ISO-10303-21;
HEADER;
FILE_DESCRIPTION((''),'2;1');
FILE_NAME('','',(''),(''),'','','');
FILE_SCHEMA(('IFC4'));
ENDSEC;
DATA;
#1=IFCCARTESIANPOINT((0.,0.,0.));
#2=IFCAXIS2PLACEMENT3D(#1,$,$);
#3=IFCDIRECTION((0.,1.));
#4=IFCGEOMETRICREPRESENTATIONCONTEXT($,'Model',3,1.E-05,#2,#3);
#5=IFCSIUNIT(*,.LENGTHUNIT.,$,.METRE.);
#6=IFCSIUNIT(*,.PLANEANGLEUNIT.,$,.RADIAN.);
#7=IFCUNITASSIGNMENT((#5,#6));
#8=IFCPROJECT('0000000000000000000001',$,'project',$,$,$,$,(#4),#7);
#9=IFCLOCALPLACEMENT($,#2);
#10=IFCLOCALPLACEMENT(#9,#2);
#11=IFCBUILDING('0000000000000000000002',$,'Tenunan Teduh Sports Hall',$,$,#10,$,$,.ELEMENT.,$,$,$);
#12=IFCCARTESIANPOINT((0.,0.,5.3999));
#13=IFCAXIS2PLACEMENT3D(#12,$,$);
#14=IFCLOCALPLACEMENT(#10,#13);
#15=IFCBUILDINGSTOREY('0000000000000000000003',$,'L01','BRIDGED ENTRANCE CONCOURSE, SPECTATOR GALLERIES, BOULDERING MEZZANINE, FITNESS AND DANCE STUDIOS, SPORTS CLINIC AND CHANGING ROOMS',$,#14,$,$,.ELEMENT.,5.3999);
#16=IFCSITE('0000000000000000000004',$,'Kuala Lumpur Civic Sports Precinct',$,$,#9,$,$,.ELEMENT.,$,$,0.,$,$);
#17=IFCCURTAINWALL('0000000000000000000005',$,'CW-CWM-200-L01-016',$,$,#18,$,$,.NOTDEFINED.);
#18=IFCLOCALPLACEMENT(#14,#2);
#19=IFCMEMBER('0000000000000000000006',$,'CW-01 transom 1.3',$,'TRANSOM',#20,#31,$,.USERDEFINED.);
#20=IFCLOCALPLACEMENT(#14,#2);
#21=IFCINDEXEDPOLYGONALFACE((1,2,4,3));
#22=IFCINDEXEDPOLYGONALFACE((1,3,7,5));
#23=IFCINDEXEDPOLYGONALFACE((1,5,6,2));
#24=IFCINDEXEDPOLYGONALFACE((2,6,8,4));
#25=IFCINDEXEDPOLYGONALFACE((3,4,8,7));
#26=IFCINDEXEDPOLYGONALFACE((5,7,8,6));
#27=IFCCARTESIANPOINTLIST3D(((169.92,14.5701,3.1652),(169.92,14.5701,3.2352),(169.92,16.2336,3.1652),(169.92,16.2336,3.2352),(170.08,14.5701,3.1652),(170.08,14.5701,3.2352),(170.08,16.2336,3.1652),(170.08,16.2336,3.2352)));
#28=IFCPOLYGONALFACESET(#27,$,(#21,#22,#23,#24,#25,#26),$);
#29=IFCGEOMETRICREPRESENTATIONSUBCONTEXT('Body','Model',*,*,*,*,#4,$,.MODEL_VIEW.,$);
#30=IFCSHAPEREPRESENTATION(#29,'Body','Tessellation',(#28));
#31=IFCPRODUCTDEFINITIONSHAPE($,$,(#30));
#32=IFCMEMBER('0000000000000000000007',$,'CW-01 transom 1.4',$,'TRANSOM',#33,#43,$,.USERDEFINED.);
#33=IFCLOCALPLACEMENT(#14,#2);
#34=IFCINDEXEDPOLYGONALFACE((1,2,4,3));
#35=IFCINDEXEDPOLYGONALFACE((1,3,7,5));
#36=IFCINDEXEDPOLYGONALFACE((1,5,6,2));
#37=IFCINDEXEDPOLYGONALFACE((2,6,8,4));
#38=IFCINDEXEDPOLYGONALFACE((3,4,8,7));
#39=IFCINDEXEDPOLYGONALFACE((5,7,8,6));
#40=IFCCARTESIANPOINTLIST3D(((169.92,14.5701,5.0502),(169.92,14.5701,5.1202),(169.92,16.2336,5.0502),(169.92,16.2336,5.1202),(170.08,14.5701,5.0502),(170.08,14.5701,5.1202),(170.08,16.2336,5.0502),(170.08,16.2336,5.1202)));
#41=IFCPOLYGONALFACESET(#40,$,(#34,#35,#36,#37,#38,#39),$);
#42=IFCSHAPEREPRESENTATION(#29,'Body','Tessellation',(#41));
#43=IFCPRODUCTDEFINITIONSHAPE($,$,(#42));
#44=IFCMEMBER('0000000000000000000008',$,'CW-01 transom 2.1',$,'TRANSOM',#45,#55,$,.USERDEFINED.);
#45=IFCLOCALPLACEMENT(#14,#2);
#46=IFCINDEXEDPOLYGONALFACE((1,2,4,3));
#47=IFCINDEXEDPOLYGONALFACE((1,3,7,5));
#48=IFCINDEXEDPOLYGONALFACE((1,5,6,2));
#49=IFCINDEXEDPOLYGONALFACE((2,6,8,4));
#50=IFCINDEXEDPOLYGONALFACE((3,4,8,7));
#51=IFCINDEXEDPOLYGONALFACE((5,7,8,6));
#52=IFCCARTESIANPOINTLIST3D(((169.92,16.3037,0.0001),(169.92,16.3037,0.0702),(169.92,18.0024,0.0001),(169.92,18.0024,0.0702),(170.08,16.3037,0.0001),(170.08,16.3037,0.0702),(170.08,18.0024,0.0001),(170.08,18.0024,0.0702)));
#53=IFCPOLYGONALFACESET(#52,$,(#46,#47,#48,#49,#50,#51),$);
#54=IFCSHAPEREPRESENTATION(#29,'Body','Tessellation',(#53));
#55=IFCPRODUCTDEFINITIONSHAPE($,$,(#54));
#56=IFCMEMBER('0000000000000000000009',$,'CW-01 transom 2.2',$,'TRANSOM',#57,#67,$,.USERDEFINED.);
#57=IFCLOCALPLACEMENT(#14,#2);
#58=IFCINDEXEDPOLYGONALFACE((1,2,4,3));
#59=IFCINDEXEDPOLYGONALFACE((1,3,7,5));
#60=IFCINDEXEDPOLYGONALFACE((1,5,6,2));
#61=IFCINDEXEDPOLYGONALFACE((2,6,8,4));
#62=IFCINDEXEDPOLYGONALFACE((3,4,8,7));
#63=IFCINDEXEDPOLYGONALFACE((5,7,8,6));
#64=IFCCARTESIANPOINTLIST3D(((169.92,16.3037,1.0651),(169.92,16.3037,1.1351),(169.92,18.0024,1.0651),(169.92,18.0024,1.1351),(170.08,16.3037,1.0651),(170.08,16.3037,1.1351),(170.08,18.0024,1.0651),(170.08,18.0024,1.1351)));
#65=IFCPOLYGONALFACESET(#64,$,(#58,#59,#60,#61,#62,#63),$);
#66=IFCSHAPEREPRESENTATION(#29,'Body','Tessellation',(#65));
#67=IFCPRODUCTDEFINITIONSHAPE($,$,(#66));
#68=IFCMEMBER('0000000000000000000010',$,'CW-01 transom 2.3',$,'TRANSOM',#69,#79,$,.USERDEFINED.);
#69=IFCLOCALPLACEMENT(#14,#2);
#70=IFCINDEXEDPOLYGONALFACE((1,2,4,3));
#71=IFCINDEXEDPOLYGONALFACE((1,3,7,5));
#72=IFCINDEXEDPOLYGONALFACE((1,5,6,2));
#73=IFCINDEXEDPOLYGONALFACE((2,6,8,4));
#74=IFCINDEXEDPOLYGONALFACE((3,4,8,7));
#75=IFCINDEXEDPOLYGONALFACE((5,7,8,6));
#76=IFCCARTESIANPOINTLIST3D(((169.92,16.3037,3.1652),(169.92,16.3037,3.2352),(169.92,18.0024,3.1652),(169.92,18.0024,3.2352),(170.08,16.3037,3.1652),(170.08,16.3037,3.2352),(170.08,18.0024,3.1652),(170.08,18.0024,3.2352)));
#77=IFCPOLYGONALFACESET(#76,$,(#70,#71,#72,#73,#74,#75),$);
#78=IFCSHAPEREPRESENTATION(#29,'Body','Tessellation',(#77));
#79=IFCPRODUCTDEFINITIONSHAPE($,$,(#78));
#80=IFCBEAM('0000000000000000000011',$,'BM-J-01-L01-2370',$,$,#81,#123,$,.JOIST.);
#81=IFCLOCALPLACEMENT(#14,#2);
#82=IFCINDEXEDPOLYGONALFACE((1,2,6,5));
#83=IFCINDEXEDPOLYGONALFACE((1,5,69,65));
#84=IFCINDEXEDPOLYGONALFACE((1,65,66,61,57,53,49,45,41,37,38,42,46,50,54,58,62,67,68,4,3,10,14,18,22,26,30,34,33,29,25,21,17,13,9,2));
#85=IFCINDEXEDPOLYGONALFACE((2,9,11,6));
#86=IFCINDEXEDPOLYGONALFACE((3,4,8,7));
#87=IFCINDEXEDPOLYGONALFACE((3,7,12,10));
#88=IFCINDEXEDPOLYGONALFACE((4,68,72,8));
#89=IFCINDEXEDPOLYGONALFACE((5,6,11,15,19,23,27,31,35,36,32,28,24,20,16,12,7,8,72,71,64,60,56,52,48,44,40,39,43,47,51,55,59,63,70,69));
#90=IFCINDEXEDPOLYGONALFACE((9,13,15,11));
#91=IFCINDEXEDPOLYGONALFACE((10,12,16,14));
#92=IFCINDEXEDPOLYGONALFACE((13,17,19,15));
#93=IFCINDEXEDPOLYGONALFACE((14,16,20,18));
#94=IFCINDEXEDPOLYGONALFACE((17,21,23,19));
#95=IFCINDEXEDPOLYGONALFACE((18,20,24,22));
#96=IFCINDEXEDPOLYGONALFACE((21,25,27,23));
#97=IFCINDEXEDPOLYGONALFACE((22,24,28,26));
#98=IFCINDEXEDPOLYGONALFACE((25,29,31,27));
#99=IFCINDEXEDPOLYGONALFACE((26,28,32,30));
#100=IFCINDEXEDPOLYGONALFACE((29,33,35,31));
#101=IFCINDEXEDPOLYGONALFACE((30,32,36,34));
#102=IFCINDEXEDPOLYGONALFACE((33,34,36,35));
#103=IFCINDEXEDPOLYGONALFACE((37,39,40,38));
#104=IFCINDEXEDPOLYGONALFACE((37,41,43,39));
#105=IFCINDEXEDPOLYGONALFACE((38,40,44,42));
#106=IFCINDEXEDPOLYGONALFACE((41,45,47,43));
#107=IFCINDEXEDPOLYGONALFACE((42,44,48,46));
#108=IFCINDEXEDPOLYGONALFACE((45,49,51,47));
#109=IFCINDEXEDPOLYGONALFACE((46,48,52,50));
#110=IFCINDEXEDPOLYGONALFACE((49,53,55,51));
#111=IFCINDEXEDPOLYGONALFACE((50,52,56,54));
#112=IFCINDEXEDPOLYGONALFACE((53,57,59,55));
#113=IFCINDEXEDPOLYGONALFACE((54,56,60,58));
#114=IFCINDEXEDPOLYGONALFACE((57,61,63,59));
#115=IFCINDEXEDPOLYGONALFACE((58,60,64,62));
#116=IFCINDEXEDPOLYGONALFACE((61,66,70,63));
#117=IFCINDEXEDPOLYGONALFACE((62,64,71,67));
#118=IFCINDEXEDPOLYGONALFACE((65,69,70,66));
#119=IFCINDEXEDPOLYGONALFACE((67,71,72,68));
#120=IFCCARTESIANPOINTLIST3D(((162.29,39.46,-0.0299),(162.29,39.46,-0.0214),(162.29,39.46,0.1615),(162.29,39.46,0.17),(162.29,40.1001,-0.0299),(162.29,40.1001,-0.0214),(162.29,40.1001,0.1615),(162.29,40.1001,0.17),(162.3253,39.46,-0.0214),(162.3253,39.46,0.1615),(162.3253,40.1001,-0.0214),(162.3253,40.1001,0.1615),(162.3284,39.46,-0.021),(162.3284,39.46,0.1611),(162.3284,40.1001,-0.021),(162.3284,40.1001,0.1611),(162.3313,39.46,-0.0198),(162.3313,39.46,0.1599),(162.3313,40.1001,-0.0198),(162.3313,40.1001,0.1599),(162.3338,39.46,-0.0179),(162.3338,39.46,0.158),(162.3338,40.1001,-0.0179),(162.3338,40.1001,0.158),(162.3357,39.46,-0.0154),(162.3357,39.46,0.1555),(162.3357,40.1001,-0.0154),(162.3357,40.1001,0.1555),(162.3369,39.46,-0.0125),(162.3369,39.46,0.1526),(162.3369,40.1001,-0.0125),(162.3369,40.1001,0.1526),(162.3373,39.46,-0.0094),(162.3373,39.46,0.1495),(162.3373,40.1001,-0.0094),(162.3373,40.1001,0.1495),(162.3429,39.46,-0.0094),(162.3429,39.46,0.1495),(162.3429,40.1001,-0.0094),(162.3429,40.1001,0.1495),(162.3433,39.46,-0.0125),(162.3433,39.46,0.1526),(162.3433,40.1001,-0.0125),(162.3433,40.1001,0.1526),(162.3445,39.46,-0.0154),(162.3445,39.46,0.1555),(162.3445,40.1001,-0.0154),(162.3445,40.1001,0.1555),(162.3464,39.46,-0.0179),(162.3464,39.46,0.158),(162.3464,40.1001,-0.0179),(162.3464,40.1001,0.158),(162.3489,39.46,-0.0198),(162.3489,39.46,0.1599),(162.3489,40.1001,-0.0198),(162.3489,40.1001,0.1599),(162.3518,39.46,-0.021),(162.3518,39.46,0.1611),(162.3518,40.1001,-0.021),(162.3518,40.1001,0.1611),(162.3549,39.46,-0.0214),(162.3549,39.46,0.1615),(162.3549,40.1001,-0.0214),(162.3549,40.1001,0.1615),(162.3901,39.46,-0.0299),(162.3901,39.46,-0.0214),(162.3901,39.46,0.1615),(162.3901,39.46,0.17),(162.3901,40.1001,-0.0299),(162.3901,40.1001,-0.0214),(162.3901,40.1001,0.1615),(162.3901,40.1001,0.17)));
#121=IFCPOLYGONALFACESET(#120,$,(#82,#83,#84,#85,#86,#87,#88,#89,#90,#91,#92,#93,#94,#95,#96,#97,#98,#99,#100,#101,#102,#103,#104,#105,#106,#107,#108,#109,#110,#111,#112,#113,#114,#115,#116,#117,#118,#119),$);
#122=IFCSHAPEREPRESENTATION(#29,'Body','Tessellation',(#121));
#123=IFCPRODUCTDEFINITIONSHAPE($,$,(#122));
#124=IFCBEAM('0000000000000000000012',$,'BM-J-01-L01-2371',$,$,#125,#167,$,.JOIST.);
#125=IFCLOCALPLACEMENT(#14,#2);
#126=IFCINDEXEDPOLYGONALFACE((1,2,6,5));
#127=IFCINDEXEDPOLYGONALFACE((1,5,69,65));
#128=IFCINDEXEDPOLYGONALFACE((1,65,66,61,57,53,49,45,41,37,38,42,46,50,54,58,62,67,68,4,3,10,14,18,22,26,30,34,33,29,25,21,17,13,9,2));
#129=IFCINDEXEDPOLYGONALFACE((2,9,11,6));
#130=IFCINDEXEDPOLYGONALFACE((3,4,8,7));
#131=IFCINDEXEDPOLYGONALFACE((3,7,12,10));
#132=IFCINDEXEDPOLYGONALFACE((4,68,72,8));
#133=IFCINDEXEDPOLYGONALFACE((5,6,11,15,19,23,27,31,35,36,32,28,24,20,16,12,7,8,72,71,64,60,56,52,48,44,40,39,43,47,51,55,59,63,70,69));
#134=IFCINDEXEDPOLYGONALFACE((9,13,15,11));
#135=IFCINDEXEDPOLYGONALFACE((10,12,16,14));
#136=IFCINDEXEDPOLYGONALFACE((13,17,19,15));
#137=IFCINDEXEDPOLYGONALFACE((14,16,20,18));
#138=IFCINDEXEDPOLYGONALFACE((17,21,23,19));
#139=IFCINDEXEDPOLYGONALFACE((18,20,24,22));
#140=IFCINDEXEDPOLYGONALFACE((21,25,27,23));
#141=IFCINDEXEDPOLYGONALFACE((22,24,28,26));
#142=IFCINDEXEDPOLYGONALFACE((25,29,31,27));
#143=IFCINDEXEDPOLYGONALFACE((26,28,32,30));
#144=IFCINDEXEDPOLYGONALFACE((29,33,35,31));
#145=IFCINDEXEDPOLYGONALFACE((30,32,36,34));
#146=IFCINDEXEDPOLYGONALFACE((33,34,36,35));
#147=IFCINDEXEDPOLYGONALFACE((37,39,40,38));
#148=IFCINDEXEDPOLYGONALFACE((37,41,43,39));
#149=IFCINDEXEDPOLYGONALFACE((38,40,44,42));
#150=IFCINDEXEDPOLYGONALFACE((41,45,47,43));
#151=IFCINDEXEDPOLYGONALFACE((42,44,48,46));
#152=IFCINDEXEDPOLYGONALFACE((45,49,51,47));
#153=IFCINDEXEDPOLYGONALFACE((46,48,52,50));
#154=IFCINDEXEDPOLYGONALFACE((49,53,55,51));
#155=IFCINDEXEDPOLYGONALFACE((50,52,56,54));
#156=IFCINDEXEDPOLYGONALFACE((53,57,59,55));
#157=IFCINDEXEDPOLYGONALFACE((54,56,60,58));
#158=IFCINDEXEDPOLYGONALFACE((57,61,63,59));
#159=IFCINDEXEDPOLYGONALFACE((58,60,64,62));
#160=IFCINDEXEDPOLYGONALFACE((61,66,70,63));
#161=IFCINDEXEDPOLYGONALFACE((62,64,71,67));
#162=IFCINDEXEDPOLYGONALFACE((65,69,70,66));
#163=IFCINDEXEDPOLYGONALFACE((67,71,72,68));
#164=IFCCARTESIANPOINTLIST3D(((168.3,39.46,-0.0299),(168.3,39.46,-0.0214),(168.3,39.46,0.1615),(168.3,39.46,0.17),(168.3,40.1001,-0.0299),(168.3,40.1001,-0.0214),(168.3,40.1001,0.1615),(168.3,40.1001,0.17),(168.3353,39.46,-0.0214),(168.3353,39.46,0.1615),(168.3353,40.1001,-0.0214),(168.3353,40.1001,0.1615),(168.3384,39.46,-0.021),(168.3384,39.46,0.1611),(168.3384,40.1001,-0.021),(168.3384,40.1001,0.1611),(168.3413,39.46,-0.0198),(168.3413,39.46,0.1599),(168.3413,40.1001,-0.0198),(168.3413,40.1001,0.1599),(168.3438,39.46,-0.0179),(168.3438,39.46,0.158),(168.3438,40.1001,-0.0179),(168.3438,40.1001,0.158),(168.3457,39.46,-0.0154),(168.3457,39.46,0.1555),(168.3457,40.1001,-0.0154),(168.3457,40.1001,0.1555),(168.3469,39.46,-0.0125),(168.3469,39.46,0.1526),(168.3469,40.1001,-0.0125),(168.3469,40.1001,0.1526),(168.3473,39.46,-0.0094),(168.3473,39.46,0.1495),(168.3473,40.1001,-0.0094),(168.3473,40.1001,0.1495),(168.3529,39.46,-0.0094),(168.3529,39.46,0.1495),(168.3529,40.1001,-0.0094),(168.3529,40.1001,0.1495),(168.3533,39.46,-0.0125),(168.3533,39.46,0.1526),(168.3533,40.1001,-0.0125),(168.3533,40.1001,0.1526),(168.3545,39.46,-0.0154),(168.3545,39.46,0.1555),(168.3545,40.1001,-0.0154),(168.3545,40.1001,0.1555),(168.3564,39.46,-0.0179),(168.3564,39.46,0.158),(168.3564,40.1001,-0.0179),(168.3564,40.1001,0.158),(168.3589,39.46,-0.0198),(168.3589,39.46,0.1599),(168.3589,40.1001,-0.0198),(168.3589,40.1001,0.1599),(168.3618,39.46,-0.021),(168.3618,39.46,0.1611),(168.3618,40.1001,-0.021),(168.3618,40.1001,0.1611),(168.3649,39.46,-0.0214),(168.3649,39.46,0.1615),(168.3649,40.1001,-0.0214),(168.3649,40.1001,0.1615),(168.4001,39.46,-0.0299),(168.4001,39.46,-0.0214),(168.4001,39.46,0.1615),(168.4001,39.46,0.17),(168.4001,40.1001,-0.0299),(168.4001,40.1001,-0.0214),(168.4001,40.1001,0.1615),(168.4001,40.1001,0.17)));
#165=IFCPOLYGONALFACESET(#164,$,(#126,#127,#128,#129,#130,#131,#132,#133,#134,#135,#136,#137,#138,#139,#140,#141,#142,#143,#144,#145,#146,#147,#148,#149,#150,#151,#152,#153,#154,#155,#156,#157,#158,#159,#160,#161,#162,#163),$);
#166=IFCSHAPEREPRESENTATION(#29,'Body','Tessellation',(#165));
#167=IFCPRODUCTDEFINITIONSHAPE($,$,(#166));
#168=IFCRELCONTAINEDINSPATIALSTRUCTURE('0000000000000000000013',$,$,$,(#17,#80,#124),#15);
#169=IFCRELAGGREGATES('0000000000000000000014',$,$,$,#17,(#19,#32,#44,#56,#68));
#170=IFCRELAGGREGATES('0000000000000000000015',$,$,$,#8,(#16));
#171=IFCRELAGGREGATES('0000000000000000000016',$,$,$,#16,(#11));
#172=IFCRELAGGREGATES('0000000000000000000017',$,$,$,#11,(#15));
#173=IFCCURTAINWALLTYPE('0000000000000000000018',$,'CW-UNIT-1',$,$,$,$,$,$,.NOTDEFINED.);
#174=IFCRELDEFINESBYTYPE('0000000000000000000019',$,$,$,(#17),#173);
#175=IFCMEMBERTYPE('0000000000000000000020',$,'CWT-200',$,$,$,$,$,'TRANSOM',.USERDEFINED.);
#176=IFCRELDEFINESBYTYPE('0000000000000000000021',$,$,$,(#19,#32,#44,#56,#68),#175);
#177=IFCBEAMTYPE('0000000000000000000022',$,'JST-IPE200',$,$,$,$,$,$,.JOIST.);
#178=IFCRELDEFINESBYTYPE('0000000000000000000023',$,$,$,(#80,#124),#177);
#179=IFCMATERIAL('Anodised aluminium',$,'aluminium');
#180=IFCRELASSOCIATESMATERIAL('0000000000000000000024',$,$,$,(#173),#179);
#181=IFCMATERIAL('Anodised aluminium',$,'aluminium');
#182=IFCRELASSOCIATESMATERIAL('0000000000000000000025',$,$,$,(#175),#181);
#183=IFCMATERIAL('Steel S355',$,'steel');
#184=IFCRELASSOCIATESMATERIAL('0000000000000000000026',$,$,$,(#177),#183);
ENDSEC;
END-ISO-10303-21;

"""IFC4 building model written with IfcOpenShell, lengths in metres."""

from ifc_helpers import new_model, si_unit, direction, frame, origin, origin_2d, place, context, subcontext, project, spatial, rectangle, i_section, extrude, material, material_profile, profile_set, type_object, element, aggregate, save


model = new_model("IFC4")

# Units and contexts
model_context = context("Model", 3, precision=1e-05, world=origin(), true_north=direction((0.0, 1.0)))
body_context = subcontext(model_context, "Body", "Model", "MODEL_VIEW")
ifc_project = project(units=[si_unit("LENGTHUNIT", "METRE"), si_unit("PLANEANGLEUNIT", "RADIAN")], contexts=[model_context])

# Site, building, storey
site_placement = place(None, origin())
site = spatial("IfcSite", under=ifc_project, at=site_placement, Name="Kuala Lumpur Civic Sports Precinct", CompositionType="ELEMENT", RefElevation=0.0)
building_placement = place(site_placement, origin())
building = spatial("IfcBuilding", under=site, at=building_placement, Name="Tenunan Teduh Sports Hall", CompositionType="ELEMENT")
storey_placement = place(building_placement, frame((0.0, 0.0, 5.3999)))
storey = spatial("IfcBuildingStorey", under=building, at=storey_placement, Name="L01", Description="BRIDGED ENTRANCE CONCOURSE, SPECTATOR GALLERIES, BOULDERING MEZZANINE, FITNESS AND DANCE STUDIOS, SPORTS CLINIC AND CHANGING ROOMS", CompositionType="ELEMENT", Elevation=5.3999)

# Curtain wall
ifc_material_1 = material(Name="Anodised aluminium", Category="aluminium")
curtain_wall_type = type_object("IfcCurtainWallType", Name="CW-UNIT-1", PredefinedType="NOTDEFINED", material=ifc_material_1)
curtain_wall_1_placement = place(storey_placement, origin())
curtain_wall_1 = element("IfcCurtainWall", 1, at=curtain_wall_1_placement, inside=storey, type_object=curtain_wall_type, Name="CW-CWM-200-L01-016", PredefinedType="NOTDEFINED")

# Members
ifc_material_2 = material(Name="Anodised aluminium", Category="aluminium")
ifc_material_profile_1 = material_profile(ifc_material_2, rectangle(XDim=0.0701, YDim=0.1599, at=origin_2d()), Name="CWT 70x160")
ifc_profile_set_1 = profile_set([ifc_material_profile_1], Name="Anodised aluminium")
member_type_1 = type_object("IfcMemberType", Name="CWT-200", ElementType="TRANSOM", PredefinedType="USERDEFINED", material=ifc_profile_set_1)
member_1_placement = place(storey_placement, frame((170.0, 14.5701, 3.2002), z_axis=(0.0, 1.0, 0.0), x_axis=(0.0, 0.0, 1.0)))
member_1 = element("IfcMember", 2, at=member_1_placement, type_object=member_type_1, Name="CW-01 transom 1.3", ObjectType="TRANSOM", PredefinedType="USERDEFINED", context=body_context, shape_type="SweptSolid", body=[
    extrude(rectangle(XDim=0.0701, YDim=0.1599, at=origin_2d()), origin(), (0.0, 0.0, 1.0), 1.6636),
])
member_2_placement = place(storey_placement, frame((170.0, 14.5701, 5.0852), z_axis=(0.0, 1.0, 0.0), x_axis=(0.0, 0.0, 1.0)))
member_2 = element("IfcMember", 3, at=member_2_placement, type_object=member_type_1, Name="CW-01 transom 1.4", ObjectType="TRANSOM", PredefinedType="USERDEFINED", context=body_context, shape_type="SweptSolid", body=[
    extrude(rectangle(XDim=0.0701, YDim=0.1599, at=origin_2d()), origin(), (0.0, 0.0, 1.0), 1.6636),
])
member_3_placement = place(storey_placement, frame((170.0, 16.3037, 0.0352), z_axis=(0.0, 1.0, 0.0), x_axis=(0.0, 0.0, 1.0)))
member_3 = element("IfcMember", 4, at=member_3_placement, type_object=member_type_1, Name="CW-01 transom 2.1", ObjectType="TRANSOM", PredefinedType="USERDEFINED", context=body_context, shape_type="SweptSolid", body=[
    extrude(rectangle(XDim=0.0701, YDim=0.1599, at=origin_2d()), origin(), (0.0, 0.0, 1.0), 1.6987),
])
member_4_placement = place(storey_placement, frame((170.0, 16.3037, 1.1001), z_axis=(0.0, 1.0, 0.0), x_axis=(0.0, 0.0, 1.0)))
member_4 = element("IfcMember", 5, at=member_4_placement, type_object=member_type_1, Name="CW-01 transom 2.2", ObjectType="TRANSOM", PredefinedType="USERDEFINED", context=body_context, shape_type="SweptSolid", body=[
    extrude(rectangle(XDim=0.0701, YDim=0.1599, at=origin_2d()), origin(), (0.0, 0.0, 1.0), 1.6987),
])
member_5_placement = place(storey_placement, frame((170.0, 16.3037, 3.2002), z_axis=(0.0, 1.0, 0.0), x_axis=(0.0, 0.0, 1.0)))
member_5 = element("IfcMember", 6, at=member_5_placement, type_object=member_type_1, Name="CW-01 transom 2.3", ObjectType="TRANSOM", PredefinedType="USERDEFINED", context=body_context, shape_type="SweptSolid", body=[
    extrude(rectangle(XDim=0.0701, YDim=0.1599, at=origin_2d()), origin(), (0.0, 0.0, 1.0), 1.6987),
])

# Beams
ifc_material_3 = material(Name="Steel S355", Category="steel")
ifc_material_profile_2 = material_profile(ifc_material_3, i_section(OverallWidth=0.1001, OverallDepth=0.2, WebThickness=0.0056, FlangeThickness=0.0085, FilletRadius=0.012, at=origin_2d()), Name="IPE 200")
ifc_profile_set_2 = profile_set([ifc_material_profile_2], Name="Steel S355")
beam_type_1 = type_object("IfcBeamType", Name="JST-IPE200", PredefinedType="JOIST", material=ifc_profile_set_2)
for number, where, z_axis, x_axis, name in (
    (7, (162.3401, 39.46, 0.0701), (0.0, 1.0, 0.0), (-1.0, 0.0, 0.0), "BM-J-01-L01-2370"),
    (8, (168.3501, 39.46, 0.0701), (0.0, 1.0, 0.0), (-1.0, 0.0, 0.0), "BM-J-01-L01-2371"),
):
    element("IfcBeam", number, at=place(storey_placement, frame(where, z_axis=z_axis, x_axis=x_axis)), inside=storey, type_object=beam_type_1, Name=name, PredefinedType="JOIST", context=body_context, shape_type="SweptSolid", body=[
        extrude(i_section(OverallWidth=0.1001, OverallDepth=0.2, WebThickness=0.0056, FlangeThickness=0.0085, FilletRadius=0.012, at=origin_2d()), origin(), (0.0, 0.0, 1.0), 0.6401),
    ])

aggregate(curtain_wall_1, [member_1, member_2, member_3, member_4, member_5])

save(model, "model.ifc")
